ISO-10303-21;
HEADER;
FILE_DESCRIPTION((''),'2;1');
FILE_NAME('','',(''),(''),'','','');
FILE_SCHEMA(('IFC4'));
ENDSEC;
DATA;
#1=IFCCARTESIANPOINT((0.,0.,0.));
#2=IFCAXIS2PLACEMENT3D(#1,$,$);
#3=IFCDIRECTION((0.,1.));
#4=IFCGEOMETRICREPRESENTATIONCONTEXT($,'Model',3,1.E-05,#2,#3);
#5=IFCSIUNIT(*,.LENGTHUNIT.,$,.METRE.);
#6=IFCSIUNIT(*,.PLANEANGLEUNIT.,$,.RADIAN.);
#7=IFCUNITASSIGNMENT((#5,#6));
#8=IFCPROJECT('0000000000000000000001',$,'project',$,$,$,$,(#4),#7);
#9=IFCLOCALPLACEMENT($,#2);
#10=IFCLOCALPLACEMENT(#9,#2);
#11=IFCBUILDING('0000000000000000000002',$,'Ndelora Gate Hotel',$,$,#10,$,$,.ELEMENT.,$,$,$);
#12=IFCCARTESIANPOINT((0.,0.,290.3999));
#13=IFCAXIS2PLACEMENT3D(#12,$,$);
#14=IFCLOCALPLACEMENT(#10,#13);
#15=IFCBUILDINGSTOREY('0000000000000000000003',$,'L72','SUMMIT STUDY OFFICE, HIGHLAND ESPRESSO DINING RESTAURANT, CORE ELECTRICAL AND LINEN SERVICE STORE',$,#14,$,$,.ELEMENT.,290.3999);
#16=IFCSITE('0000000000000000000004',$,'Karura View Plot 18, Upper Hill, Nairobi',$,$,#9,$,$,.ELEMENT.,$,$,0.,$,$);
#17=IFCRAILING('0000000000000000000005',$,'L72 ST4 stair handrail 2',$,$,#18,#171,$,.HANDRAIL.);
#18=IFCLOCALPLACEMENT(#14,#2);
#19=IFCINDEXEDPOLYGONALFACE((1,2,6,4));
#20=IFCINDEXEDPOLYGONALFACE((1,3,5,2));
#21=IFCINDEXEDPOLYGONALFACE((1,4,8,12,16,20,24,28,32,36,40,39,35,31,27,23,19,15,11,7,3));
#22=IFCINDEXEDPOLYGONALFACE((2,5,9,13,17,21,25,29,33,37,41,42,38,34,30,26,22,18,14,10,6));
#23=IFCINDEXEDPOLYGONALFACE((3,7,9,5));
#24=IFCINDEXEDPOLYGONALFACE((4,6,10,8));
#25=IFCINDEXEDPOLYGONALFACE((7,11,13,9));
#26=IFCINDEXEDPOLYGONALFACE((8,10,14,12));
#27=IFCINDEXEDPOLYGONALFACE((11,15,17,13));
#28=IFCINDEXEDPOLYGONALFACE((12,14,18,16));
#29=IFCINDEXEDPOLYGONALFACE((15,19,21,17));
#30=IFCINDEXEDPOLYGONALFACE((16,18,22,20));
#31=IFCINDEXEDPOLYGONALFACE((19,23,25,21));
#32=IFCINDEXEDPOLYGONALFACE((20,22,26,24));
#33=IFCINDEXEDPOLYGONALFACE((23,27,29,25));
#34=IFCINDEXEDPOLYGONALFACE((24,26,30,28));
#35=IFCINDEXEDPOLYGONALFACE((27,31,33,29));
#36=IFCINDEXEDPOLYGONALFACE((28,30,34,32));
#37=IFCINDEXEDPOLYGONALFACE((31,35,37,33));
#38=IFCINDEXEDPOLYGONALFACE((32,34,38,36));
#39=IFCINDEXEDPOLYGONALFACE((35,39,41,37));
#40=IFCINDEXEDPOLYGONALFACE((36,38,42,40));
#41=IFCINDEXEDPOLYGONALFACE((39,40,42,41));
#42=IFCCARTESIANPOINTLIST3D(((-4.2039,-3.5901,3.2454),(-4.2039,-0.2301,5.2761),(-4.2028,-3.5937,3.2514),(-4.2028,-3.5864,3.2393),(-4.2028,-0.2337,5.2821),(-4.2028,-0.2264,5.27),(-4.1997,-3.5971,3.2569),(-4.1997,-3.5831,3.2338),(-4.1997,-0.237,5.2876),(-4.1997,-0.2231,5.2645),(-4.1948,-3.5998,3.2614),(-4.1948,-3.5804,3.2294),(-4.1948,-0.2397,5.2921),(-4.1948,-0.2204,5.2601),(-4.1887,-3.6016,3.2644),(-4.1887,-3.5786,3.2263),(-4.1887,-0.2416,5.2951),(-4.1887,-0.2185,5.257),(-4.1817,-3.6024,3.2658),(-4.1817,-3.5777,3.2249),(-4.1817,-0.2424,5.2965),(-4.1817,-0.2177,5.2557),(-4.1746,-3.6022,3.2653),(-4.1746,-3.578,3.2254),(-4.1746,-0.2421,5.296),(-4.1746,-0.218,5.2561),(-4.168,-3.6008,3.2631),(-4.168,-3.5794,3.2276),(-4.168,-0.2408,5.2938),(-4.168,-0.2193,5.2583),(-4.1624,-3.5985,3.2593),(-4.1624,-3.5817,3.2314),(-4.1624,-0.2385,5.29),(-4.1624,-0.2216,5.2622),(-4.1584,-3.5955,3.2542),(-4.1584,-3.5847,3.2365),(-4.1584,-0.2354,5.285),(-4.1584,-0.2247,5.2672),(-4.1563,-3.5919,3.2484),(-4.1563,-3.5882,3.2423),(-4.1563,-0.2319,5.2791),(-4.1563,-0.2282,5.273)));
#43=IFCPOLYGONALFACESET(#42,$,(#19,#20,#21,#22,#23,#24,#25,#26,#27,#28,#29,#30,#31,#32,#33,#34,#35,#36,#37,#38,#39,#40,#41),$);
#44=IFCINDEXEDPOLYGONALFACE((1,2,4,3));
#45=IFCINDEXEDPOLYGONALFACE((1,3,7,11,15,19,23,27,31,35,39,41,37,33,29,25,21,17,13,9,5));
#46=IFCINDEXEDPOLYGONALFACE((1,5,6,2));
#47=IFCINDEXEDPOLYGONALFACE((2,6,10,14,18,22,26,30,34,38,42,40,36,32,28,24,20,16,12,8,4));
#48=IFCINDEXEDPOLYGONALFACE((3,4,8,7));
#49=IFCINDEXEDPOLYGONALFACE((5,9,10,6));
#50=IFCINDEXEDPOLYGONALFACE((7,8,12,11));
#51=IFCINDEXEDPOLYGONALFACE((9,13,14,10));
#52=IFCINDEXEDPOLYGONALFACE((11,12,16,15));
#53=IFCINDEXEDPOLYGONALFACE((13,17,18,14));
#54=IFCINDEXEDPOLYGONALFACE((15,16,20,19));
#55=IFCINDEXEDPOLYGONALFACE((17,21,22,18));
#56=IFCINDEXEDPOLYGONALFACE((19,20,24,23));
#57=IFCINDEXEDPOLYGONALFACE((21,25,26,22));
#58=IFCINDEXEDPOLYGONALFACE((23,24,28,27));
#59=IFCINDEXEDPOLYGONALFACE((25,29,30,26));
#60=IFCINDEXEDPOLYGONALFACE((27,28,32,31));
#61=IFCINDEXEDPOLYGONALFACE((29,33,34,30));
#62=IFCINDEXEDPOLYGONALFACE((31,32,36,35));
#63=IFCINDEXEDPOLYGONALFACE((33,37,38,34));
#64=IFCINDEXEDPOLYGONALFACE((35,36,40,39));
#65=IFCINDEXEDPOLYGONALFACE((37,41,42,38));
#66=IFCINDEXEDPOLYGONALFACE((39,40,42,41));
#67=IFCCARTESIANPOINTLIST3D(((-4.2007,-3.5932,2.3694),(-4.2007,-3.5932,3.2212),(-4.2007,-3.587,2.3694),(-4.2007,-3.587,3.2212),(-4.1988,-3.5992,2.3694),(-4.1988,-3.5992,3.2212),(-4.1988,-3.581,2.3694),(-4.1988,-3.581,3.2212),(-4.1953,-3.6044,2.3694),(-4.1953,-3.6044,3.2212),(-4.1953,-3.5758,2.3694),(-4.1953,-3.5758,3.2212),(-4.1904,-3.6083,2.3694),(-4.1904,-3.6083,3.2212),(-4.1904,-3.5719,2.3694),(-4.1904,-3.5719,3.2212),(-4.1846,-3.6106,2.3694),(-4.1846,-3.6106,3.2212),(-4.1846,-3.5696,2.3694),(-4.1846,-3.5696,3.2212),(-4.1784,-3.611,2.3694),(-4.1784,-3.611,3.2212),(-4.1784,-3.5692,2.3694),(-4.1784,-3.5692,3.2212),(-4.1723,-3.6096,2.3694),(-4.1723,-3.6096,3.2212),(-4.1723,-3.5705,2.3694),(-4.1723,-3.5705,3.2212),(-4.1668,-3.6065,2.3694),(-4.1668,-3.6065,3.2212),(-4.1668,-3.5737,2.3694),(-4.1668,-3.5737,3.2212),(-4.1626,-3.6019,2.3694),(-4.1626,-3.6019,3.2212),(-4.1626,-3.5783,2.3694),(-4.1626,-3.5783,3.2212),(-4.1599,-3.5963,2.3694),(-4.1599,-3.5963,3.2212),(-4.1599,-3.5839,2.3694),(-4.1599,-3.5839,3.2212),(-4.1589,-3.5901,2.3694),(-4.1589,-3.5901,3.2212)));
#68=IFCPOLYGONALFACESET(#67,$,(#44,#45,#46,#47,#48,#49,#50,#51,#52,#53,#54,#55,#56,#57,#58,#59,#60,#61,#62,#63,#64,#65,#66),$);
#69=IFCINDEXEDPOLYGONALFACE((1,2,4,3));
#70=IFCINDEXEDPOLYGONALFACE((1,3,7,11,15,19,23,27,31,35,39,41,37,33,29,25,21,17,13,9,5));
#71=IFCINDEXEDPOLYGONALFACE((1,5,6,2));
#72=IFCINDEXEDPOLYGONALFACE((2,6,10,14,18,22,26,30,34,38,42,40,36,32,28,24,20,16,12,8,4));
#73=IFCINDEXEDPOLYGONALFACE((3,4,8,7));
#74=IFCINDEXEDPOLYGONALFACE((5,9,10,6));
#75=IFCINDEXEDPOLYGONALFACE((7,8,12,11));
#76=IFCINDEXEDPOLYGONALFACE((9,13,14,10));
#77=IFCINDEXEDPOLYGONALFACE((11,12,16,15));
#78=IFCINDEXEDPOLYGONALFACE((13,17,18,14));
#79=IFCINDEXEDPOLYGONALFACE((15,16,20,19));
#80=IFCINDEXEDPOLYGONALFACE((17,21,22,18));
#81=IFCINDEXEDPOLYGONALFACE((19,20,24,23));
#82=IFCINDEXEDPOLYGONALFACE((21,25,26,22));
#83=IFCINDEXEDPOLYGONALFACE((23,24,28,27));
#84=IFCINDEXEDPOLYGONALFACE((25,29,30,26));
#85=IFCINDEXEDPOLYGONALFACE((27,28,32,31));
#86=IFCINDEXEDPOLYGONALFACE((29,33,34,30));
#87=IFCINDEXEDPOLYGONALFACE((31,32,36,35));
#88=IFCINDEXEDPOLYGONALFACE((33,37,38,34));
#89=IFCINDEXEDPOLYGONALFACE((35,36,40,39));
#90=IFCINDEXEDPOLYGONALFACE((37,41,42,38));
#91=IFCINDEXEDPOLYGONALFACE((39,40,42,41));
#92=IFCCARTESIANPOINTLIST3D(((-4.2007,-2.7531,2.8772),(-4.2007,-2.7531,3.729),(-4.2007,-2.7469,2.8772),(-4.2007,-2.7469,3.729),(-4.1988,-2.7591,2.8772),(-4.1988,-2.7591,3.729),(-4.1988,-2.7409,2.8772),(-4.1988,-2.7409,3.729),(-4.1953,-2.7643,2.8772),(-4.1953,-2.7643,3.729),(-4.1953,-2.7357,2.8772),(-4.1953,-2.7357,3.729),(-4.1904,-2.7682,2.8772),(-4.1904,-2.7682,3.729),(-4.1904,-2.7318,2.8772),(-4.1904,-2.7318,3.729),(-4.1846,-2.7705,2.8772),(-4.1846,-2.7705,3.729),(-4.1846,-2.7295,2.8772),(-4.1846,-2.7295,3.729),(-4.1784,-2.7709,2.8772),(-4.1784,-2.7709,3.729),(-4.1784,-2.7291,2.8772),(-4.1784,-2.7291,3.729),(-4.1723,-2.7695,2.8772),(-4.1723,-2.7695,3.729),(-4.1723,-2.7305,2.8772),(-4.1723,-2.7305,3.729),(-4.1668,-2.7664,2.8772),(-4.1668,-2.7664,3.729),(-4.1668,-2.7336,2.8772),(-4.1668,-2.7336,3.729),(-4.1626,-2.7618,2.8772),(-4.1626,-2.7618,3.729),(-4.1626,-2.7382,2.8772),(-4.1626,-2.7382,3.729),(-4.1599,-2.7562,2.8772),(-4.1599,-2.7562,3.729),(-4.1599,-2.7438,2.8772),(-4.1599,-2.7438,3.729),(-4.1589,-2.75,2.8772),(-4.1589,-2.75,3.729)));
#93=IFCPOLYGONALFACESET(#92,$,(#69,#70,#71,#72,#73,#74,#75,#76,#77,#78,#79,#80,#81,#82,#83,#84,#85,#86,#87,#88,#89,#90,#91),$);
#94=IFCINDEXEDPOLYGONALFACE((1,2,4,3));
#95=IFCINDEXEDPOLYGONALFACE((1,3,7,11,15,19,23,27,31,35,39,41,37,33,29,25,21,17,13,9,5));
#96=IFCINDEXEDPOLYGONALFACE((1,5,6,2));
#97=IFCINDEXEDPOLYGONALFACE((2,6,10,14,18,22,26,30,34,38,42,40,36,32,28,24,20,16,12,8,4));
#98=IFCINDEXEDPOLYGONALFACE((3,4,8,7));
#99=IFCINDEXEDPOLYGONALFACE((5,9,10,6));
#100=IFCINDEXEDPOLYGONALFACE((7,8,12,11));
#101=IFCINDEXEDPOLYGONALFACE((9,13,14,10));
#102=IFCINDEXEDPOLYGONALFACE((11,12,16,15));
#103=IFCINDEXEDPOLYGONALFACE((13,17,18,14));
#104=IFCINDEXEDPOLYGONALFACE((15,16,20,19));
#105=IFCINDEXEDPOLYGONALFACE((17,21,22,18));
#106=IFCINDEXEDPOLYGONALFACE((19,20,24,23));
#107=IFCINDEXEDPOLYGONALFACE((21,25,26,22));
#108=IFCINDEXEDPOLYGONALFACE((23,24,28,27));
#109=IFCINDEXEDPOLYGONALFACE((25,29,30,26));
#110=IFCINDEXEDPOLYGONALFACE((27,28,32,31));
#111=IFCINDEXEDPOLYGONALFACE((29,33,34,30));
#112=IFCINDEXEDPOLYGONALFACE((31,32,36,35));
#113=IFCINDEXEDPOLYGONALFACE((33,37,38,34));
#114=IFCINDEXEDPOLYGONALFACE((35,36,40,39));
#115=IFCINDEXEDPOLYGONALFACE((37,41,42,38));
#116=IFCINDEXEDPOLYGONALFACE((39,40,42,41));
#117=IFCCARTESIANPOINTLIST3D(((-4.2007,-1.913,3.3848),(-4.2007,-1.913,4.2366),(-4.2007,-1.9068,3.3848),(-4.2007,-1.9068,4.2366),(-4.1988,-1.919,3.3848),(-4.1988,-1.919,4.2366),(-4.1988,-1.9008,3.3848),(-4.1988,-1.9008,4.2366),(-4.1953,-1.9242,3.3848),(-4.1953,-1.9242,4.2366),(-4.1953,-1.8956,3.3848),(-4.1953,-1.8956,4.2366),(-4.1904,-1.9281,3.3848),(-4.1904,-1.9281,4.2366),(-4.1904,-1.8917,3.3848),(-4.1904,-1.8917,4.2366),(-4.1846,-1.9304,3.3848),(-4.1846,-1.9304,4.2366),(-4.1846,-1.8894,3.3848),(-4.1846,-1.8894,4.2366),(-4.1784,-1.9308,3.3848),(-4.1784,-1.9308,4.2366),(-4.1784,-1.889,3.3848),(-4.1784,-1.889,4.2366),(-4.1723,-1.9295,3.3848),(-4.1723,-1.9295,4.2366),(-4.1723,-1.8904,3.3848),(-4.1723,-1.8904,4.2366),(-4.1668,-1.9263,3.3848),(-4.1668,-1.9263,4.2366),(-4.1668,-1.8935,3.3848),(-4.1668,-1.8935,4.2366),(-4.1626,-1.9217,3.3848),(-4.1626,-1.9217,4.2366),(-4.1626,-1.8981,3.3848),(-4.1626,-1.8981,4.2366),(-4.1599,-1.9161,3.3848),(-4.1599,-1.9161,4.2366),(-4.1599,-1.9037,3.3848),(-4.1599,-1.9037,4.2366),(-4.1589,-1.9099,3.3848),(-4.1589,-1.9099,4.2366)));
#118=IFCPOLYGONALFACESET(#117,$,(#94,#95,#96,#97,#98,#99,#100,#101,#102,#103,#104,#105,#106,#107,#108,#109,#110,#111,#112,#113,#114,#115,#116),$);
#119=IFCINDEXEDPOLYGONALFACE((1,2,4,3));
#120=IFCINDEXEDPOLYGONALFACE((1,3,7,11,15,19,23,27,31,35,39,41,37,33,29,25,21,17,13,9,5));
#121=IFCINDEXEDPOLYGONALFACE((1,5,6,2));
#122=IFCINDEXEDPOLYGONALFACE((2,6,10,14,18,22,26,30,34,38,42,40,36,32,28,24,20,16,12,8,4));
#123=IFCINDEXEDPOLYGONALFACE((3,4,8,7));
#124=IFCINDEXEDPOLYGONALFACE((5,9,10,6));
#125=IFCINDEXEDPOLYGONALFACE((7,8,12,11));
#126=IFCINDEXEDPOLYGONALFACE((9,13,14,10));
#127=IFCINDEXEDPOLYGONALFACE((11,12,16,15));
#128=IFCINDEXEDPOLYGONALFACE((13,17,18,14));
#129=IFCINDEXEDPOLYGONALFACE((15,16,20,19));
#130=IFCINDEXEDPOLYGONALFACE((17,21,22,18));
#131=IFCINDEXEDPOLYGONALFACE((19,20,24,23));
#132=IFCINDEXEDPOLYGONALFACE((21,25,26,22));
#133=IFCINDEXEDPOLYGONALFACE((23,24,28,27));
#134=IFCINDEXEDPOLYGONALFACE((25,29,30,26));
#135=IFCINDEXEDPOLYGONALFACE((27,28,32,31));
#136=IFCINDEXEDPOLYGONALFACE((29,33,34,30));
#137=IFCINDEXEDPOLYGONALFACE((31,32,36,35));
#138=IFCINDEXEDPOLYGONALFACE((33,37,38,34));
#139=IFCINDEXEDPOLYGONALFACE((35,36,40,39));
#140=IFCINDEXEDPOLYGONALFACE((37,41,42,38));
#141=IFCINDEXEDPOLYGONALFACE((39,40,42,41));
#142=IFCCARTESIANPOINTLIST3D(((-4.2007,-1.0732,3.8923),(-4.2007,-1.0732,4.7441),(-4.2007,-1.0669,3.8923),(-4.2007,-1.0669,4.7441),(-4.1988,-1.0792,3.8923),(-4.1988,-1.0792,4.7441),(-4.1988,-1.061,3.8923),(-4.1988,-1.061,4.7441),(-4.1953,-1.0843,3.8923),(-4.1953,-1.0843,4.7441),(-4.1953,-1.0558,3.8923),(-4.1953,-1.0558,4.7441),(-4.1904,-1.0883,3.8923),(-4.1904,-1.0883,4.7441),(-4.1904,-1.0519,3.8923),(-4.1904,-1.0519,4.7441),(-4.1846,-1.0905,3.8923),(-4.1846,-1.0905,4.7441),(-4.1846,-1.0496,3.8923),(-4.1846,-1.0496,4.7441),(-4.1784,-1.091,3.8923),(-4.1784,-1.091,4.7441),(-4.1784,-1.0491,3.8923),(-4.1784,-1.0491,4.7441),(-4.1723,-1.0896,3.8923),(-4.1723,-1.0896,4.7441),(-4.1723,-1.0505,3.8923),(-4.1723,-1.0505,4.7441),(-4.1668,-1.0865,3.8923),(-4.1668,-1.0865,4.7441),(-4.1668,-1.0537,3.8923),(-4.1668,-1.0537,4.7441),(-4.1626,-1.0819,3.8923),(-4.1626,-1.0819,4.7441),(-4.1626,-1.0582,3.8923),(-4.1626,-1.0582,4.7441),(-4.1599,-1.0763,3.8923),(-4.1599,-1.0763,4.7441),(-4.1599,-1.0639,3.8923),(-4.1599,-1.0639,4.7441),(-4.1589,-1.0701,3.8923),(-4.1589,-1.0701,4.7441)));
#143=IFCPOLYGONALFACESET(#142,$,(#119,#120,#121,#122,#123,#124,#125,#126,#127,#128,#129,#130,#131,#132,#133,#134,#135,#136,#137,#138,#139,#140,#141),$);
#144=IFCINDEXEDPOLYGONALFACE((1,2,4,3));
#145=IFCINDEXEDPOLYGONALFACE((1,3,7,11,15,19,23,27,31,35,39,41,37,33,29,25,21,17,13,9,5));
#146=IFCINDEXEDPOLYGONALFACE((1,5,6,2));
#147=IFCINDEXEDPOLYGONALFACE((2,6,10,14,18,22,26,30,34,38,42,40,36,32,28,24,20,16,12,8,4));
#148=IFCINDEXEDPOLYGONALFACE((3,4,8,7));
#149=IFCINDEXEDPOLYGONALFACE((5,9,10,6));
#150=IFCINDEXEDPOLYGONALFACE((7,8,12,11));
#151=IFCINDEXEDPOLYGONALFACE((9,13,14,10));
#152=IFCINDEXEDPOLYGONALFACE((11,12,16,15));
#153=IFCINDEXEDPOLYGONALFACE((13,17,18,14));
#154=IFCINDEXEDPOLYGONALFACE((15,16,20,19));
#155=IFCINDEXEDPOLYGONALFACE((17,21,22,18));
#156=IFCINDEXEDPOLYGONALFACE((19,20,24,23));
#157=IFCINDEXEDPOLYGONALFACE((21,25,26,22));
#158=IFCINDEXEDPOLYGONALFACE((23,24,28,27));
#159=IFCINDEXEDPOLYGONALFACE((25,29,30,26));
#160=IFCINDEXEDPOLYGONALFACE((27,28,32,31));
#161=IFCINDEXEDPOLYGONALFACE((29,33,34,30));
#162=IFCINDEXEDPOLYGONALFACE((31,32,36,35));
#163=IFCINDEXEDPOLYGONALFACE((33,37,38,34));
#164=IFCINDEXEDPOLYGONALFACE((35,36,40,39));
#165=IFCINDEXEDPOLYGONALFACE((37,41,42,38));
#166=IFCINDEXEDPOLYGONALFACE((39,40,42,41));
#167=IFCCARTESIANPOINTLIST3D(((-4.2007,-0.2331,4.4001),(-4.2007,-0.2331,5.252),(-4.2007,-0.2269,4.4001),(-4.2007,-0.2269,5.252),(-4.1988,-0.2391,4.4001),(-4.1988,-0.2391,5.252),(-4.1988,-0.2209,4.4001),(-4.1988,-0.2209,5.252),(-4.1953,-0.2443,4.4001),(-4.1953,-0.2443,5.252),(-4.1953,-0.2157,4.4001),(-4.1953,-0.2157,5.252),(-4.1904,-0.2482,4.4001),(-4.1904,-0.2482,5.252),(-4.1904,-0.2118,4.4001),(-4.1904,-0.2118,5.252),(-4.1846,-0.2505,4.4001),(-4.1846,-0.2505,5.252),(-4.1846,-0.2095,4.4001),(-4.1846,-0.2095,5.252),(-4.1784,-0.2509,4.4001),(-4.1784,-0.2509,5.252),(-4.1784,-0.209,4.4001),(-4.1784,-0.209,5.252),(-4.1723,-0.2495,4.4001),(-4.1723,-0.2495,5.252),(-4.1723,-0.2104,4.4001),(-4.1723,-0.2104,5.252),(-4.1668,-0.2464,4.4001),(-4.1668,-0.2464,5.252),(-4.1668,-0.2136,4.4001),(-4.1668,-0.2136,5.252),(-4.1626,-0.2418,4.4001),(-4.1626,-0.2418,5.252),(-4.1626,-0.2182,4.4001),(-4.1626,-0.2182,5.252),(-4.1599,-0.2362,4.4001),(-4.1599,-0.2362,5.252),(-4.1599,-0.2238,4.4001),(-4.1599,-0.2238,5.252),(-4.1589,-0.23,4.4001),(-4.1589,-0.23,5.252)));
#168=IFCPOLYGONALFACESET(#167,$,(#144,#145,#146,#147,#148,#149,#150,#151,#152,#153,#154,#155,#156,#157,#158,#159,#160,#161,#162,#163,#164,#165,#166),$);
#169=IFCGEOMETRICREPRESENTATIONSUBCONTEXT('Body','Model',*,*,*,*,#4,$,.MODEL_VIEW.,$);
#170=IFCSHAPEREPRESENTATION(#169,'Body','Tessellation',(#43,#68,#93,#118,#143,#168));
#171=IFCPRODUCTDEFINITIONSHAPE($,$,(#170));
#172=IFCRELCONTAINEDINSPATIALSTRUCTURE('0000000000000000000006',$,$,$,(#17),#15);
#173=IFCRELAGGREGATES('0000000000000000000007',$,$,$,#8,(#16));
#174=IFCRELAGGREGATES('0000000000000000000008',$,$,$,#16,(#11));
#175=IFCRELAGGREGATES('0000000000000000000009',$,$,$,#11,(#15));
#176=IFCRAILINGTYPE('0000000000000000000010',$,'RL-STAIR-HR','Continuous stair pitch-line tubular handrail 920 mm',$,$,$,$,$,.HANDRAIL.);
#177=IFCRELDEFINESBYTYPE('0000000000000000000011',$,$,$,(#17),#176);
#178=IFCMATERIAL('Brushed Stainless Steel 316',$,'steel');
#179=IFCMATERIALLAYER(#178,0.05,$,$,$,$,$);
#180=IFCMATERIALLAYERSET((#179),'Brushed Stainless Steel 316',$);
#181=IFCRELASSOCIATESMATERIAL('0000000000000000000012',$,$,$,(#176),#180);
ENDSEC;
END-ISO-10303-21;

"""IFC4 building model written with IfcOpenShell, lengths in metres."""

from ifc_helpers import new_model, si_unit, direction, frame, origin, origin_2d, place, context, subcontext, project, spatial, circle, extrude, material, layer, layer_set, type_object, element, save


model = new_model("IFC4")

# Units and contexts
model_context = context("Model", 3, precision=1e-05, world=origin(), true_north=direction((0.0, 1.0)))
body_context = subcontext(model_context, "Body", "Model", "MODEL_VIEW")
ifc_project = project(units=[si_unit("LENGTHUNIT", "METRE"), si_unit("PLANEANGLEUNIT", "RADIAN")], contexts=[model_context])

# Site, building, storey
site_placement = place(None, origin())
site = spatial("IfcSite", under=ifc_project, at=site_placement, Name="Karura View Plot 18, Upper Hill, Nairobi", CompositionType="ELEMENT", RefElevation=0.0)
building_placement = place(site_placement, origin())
building = spatial("IfcBuilding", under=site, at=building_placement, Name="Ndelora Gate Hotel", CompositionType="ELEMENT")
storey_placement = place(building_placement, frame((0.0, 0.0, 290.3999)))
storey = spatial("IfcBuildingStorey", under=building, at=storey_placement, Name="L72", Description="SUMMIT STUDY OFFICE, HIGHLAND ESPRESSO DINING RESTAURANT, CORE ELECTRICAL AND LINEN SERVICE STORE", CompositionType="ELEMENT", Elevation=290.3999)

# Railing
ifc_material_1 = material(Name="Brushed Stainless Steel 316", Category="steel")
ifc_layer_1 = layer(ifc_material_1, 0.05)
ifc_layer_set_1 = layer_set([ifc_layer_1], Name="Brushed Stainless Steel 316")
railing_type_1 = type_object("IfcRailingType", Name="RL-STAIR-HR", Description="Continuous stair pitch-line tubular handrail 920 mm", PredefinedType="HANDRAIL", material=ifc_layer_set_1)
railing_1_placement = place(storey_placement, frame((-4.1799, -3.5901, 2.3694)))
element("IfcRailing", 1, at=railing_1_placement, inside=storey, type_object=railing_type_1, Name="L72 ST4 stair handrail 2", PredefinedType="HANDRAIL", context=body_context, shape_type="SweptSolid", body=[
    extrude(circle(Radius=0.0239, at=origin_2d()), frame((0.0, 0.0, 0.876), z_axis=(0.0, 0.855837, 0.517246), x_axis=(-1.0, 0.0, 0.0)), (0.0, 0.0, 1.0), 3.926),
    extrude(circle(Radius=0.021, at=origin_2d()), origin(), (0.0, 0.0, 1.0), 0.8518),
    extrude(circle(Radius=0.021, at=origin_2d()), frame((0.0, 0.8401, 0.5078)), (0.0, 0.0, 1.0), 0.8518),
    extrude(circle(Radius=0.021, at=origin_2d()), frame((0.0, 1.6802, 1.0154)), (0.0, 0.0, 1.0), 0.8518),
    extrude(circle(Radius=0.021, at=origin_2d()), frame((0.0, 2.52, 1.5229)), (0.0, 0.0, 1.0), 0.8518),
    extrude(circle(Radius=0.021, at=origin_2d()), frame((0.0, 3.3601, 2.0308)), (0.0, 0.0, 1.0), 0.8518),
])

save(model, "model.ifc")
